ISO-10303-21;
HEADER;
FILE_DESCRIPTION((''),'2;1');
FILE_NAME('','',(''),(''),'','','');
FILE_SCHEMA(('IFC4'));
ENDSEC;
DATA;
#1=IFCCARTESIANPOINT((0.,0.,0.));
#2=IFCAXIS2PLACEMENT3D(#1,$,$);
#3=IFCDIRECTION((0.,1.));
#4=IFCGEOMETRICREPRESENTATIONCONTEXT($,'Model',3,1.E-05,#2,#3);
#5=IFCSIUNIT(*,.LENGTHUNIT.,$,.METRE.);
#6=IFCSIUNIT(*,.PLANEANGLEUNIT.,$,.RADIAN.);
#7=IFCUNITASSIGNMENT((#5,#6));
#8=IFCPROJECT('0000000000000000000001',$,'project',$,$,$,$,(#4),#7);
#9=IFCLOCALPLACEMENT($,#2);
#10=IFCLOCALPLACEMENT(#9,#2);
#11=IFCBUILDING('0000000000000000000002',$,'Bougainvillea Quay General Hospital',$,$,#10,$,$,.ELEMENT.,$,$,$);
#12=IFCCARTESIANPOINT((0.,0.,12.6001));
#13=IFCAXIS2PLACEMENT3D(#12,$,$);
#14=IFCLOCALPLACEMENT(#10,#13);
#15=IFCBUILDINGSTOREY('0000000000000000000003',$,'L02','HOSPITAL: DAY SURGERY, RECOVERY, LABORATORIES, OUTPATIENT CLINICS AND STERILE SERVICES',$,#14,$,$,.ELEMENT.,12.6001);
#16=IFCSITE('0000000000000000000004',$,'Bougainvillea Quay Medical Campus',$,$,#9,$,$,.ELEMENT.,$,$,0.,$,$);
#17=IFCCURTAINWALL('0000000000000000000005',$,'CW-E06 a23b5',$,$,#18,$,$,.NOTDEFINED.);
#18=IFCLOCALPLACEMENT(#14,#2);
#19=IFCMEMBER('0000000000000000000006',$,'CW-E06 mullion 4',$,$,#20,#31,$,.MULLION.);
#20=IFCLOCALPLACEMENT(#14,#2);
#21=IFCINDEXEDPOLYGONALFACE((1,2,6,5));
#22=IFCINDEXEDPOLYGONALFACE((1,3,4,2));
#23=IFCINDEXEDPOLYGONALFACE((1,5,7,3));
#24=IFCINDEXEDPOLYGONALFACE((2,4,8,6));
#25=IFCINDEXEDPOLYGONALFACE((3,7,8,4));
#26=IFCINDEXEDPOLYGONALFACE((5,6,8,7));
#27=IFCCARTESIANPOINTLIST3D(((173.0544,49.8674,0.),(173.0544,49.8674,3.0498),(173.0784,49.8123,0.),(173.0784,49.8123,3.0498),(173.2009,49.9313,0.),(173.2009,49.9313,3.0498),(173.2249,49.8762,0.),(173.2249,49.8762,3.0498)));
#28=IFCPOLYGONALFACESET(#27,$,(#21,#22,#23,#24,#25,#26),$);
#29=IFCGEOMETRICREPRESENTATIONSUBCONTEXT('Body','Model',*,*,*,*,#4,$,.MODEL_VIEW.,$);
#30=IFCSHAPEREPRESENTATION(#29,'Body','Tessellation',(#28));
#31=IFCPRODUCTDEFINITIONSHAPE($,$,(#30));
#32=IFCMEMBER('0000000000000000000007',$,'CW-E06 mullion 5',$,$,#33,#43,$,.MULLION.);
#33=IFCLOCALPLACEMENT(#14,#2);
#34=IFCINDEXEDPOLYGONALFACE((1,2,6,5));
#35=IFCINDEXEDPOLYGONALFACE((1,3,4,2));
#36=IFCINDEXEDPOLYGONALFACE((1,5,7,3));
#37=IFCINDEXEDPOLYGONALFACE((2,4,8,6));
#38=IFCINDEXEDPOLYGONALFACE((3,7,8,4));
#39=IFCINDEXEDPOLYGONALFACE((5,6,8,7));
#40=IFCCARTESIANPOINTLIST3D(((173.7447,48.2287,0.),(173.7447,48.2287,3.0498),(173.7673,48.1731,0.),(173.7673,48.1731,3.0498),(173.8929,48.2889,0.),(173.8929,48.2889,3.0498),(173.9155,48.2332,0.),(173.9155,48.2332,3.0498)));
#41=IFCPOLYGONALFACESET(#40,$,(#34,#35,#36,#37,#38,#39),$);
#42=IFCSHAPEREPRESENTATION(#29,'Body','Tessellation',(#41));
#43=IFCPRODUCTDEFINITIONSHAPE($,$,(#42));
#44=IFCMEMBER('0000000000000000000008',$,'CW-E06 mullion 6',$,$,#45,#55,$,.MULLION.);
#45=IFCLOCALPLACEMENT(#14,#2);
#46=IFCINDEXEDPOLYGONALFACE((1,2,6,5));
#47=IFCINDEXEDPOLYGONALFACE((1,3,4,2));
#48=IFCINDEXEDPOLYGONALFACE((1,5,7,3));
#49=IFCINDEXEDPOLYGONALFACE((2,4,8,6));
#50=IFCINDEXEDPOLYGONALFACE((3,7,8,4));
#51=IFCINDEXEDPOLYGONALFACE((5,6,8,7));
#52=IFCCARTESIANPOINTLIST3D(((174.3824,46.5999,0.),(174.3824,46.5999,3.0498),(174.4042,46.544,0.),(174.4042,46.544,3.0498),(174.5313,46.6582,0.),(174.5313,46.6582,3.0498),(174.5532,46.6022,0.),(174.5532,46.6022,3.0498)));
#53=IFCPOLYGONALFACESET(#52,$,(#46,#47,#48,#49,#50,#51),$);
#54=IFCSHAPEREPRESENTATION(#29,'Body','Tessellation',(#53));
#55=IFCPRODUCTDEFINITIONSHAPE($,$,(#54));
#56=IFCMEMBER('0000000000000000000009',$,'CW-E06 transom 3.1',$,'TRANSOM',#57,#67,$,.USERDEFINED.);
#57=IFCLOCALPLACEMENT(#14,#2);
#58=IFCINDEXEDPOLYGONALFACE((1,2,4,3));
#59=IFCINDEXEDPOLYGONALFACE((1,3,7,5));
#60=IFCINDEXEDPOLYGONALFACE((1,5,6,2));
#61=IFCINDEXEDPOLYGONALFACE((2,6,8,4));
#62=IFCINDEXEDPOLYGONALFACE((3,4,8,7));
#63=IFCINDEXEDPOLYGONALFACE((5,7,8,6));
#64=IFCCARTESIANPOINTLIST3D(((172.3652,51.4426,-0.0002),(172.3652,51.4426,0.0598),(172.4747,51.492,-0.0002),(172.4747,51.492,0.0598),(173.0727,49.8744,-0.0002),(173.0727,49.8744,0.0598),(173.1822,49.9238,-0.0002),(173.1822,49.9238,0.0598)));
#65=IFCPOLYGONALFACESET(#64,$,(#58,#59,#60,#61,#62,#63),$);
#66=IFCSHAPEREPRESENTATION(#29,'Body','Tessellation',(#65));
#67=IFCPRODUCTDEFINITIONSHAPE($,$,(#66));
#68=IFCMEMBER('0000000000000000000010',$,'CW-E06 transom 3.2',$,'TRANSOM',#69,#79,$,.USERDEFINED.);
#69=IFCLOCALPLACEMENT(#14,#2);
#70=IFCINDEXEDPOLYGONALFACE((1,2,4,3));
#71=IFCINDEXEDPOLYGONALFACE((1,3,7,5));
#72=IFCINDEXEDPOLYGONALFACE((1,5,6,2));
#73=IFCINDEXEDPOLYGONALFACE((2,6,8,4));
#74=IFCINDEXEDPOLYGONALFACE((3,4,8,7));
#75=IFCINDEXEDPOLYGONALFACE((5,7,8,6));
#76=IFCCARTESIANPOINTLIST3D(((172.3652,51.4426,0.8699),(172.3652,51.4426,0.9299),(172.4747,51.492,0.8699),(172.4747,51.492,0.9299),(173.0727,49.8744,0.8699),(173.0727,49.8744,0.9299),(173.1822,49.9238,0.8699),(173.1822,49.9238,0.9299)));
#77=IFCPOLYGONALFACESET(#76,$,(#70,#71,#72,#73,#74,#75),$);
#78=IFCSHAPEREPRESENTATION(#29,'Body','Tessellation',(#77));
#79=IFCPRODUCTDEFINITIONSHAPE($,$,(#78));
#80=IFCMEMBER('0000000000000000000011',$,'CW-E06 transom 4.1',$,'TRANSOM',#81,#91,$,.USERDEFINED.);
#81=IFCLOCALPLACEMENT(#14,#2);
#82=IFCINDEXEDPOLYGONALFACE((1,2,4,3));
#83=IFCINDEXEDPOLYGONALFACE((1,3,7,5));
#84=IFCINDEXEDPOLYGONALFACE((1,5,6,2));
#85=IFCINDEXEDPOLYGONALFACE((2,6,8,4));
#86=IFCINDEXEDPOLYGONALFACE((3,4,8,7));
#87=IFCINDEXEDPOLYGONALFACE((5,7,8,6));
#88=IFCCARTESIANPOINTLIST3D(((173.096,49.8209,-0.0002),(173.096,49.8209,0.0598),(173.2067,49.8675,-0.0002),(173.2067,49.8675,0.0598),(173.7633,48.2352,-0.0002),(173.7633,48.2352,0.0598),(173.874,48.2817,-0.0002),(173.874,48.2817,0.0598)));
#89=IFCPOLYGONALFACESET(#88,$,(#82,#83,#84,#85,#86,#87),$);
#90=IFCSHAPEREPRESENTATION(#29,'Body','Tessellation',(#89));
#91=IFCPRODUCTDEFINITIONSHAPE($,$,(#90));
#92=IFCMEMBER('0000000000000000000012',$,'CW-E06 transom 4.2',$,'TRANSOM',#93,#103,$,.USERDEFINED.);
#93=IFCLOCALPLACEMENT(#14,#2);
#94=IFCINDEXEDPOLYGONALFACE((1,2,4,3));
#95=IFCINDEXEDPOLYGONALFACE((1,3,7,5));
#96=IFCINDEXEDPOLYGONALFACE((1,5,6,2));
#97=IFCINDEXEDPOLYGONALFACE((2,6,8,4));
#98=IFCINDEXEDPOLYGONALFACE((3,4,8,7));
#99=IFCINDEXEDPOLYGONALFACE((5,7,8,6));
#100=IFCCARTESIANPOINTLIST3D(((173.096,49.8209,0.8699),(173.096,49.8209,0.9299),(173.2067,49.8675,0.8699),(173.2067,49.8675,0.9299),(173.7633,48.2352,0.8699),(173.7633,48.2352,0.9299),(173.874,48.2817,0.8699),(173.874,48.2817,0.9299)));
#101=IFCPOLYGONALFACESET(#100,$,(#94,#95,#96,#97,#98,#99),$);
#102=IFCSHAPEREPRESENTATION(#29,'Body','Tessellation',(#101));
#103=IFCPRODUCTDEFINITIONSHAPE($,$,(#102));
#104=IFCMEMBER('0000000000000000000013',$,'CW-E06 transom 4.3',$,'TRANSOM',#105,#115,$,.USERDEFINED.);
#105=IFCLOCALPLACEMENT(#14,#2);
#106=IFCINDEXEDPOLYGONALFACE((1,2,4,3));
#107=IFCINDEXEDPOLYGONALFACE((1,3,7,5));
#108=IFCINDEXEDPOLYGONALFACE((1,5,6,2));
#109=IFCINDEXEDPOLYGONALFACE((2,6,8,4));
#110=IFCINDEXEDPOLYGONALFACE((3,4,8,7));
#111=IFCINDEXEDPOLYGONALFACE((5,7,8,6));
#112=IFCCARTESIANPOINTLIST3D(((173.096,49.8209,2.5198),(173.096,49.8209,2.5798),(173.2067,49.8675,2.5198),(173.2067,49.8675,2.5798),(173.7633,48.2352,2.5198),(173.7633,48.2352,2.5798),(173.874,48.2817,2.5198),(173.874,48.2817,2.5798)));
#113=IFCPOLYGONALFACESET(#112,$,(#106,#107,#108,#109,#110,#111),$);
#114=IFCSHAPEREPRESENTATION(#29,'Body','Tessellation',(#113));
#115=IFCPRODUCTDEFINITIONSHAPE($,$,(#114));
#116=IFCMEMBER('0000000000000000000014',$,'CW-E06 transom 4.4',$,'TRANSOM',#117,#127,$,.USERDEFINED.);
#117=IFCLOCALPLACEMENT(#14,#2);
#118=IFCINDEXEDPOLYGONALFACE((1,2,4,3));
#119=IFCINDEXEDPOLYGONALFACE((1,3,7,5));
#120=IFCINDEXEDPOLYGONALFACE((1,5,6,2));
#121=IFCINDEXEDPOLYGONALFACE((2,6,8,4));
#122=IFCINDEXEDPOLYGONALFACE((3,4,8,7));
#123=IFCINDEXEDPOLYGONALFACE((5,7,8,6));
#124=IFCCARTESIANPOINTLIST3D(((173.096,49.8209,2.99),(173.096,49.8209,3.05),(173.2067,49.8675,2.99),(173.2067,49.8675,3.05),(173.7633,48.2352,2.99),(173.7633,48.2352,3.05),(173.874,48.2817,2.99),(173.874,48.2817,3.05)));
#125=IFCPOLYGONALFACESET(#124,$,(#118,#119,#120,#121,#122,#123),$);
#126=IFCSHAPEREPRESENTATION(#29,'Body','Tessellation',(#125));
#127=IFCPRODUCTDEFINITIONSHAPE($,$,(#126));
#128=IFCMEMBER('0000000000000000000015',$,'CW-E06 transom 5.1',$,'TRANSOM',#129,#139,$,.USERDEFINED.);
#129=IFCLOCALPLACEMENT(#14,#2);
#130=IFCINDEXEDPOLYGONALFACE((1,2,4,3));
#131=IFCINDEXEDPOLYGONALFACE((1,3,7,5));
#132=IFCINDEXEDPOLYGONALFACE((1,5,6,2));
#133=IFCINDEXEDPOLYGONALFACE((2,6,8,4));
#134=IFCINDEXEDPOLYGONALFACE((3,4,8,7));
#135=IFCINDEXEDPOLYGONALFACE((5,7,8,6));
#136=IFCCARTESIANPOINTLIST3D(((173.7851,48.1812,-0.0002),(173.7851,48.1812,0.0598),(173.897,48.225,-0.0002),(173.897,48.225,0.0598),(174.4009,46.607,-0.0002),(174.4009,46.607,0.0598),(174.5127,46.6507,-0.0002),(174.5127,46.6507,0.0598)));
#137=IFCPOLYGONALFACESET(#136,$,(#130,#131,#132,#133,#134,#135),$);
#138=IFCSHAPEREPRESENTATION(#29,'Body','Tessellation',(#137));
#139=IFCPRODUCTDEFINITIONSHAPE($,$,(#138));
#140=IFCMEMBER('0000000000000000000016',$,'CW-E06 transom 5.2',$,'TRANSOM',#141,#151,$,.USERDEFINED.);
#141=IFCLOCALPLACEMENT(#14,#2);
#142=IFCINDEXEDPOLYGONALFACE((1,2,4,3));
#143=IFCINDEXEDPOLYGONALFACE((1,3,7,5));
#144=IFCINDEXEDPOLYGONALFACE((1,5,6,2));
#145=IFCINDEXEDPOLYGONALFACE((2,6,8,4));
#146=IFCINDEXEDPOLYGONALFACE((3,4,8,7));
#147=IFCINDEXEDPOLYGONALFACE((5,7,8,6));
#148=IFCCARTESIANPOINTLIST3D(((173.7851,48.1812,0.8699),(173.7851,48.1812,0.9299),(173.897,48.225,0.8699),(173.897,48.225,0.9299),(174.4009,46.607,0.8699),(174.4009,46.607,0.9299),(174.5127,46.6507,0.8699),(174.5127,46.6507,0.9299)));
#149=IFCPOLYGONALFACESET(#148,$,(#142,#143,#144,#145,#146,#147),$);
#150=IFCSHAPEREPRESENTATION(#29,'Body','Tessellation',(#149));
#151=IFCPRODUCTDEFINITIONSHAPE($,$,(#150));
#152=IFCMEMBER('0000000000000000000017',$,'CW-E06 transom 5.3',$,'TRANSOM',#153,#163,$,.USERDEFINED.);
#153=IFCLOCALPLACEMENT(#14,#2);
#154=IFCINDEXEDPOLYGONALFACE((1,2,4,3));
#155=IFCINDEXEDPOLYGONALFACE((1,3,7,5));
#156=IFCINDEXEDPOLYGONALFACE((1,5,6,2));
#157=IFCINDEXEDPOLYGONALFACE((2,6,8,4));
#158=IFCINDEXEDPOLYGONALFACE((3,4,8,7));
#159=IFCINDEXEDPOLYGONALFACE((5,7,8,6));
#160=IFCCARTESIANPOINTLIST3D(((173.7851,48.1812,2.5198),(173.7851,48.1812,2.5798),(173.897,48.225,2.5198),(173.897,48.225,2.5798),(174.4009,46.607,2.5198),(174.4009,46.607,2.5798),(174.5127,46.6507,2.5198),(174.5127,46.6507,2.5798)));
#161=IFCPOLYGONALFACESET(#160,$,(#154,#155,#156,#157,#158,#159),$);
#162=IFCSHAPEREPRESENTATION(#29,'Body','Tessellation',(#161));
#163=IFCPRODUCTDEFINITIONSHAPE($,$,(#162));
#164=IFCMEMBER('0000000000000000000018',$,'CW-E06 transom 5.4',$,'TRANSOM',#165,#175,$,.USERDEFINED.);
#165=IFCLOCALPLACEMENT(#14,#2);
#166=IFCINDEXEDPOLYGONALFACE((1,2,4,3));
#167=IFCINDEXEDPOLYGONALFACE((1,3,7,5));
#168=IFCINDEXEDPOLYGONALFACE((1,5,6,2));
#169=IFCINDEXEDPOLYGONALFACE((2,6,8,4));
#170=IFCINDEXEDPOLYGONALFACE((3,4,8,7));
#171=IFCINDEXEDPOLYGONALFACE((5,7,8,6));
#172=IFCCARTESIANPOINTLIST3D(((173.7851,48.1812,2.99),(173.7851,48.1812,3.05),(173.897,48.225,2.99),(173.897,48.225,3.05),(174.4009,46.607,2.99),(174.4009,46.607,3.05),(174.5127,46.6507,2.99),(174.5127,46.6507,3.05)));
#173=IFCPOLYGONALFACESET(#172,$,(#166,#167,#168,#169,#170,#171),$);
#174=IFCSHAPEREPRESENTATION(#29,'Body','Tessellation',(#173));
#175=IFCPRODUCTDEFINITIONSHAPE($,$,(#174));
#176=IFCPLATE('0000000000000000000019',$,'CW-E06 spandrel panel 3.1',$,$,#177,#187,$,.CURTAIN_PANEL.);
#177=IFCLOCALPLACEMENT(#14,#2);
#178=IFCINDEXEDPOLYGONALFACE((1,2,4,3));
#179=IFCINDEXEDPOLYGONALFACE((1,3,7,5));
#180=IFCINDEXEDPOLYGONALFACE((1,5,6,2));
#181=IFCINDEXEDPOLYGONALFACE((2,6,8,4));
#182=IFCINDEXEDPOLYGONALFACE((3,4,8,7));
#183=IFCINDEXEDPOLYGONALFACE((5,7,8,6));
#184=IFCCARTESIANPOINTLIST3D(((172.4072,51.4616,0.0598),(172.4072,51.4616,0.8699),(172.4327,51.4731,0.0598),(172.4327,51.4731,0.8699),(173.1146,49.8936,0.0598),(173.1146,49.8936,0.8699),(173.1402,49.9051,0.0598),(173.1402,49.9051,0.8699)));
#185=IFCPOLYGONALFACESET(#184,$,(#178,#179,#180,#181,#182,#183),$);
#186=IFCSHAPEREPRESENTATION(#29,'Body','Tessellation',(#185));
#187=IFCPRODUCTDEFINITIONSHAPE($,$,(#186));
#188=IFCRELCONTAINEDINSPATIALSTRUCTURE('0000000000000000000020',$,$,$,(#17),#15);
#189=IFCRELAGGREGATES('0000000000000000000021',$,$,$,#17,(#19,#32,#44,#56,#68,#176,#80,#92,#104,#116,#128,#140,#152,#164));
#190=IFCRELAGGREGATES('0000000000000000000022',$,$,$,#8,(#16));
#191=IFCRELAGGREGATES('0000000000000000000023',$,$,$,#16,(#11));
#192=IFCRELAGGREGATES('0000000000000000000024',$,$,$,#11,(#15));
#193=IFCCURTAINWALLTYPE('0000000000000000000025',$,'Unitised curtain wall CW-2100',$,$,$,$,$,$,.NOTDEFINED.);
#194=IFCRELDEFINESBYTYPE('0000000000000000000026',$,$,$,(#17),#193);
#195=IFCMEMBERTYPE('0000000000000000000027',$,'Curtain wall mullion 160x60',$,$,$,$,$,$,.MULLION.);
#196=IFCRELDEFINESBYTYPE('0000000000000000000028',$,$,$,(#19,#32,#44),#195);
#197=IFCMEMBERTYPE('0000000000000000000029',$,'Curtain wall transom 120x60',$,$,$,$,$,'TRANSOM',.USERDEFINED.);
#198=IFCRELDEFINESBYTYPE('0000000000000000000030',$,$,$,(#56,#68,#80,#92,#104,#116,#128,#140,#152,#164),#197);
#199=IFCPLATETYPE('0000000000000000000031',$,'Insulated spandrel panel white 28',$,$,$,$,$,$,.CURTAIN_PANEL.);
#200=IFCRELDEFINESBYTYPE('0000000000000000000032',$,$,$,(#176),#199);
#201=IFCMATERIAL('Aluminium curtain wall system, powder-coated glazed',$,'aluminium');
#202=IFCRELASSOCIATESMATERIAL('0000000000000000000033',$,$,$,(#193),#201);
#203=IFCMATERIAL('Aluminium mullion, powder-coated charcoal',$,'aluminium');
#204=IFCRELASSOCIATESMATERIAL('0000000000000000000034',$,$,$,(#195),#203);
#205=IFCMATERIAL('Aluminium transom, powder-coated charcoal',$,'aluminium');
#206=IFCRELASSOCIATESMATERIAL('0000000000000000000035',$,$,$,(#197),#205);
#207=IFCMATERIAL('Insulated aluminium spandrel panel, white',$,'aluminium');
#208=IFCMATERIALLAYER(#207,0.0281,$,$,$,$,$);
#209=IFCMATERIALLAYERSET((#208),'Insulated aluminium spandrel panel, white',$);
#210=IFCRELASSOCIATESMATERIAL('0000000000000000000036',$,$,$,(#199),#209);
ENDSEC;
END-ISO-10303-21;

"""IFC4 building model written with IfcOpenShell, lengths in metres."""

from ifc_helpers import new_model, si_unit, direction, frame, origin, origin_2d, place, context, subcontext, project, spatial, rectangle, extrude, material, layer, layer_set, material_profile, profile_set, type_object, element, aggregate, save


model = new_model("IFC4")

# Units and contexts
model_context = context("Model", 3, precision=1e-05, world=origin(), true_north=direction((0.0, 1.0)))
body_context = subcontext(model_context, "Body", "Model", "MODEL_VIEW")
ifc_project = project(units=[si_unit("LENGTHUNIT", "METRE"), si_unit("PLANEANGLEUNIT", "RADIAN")], contexts=[model_context])

# Site, building, storey
site_placement = place(None, origin())
site = spatial("IfcSite", under=ifc_project, at=site_placement, Name="Bougainvillea Quay Medical Campus", CompositionType="ELEMENT", RefElevation=0.0)
building_placement = place(site_placement, origin())
building = spatial("IfcBuilding", under=site, at=building_placement, Name="Bougainvillea Quay General Hospital", CompositionType="ELEMENT")
storey_placement = place(building_placement, frame((0.0, 0.0, 12.6001)))
storey = spatial("IfcBuildingStorey", under=building, at=storey_placement, Name="L02", Description="HOSPITAL: DAY SURGERY, RECOVERY, LABORATORIES, OUTPATIENT CLINICS AND STERILE SERVICES", CompositionType="ELEMENT", Elevation=12.6001)

# Curtain wall, members, plate
ifc_material_1 = material(Name="Aluminium curtain wall system, powder-coated glazed", Category="aluminium")
curtain_wall_type = type_object("IfcCurtainWallType", Name="Unitised curtain wall CW-2100", PredefinedType="NOTDEFINED", material=ifc_material_1)
curtain_wall_placement = place(storey_placement, origin())
curtain_wall = element("IfcCurtainWall", 1, at=curtain_wall_placement, inside=storey, type_object=curtain_wall_type, Name="CW-E06 a23b5", PredefinedType="NOTDEFINED")
ifc_material_2 = material(Name="Aluminium mullion, powder-coated charcoal", Category="aluminium")
ifc_material_profile_1 = material_profile(ifc_material_2, rectangle(XDim=0.1599, YDim=0.0601, at=origin_2d()))
ifc_profile_set_1 = profile_set([ifc_material_profile_1], Name="Aluminium mullion, powder-coated charcoal")
member_type_1 = type_object("IfcMemberType", Name="Curtain wall mullion 160x60", PredefinedType="MULLION", material=ifc_profile_set_1)
member_1_placement = place(storey_placement, frame((173.1396, 49.8718, 0.0), z_axis=(0.0, 0.0, 1.0), x_axis=(0.916692, 0.399594, 0.0)))
member_1 = element("IfcMember", 2, at=member_1_placement, type_object=member_type_1, Name="CW-E06 mullion 4", PredefinedType="MULLION", context=body_context, shape_type="SweptSolid", body=[
    extrude(rectangle(XDim=0.1599, YDim=0.0601, at=origin_2d()), origin(), (0.0, 0.0, 1.0), 3.0498),
])
member_2_placement = place(storey_placement, frame((173.8301, 48.231, 0.0), z_axis=(0.0, 0.0, 1.0), x_axis=(0.926592, 0.376069, 0.0)))
member_2 = element("IfcMember", 3, at=member_2_placement, type_object=member_type_1, Name="CW-E06 mullion 5", PredefinedType="MULLION", context=body_context, shape_type="SweptSolid", body=[
    extrude(rectangle(XDim=0.1599, YDim=0.0601, at=origin_2d()), origin(), (0.0, 0.0, 1.0), 3.0498),
])
member_3_placement = place(storey_placement, frame((174.4678, 46.6011, 0.0), z_axis=(0.0, 0.0, 1.0), x_axis=(0.931315, 0.364214, 0.0)))
member_3 = element("IfcMember", 4, at=member_3_placement, type_object=member_type_1, Name="CW-E06 mullion 6", PredefinedType="MULLION", context=body_context, shape_type="SweptSolid", body=[
    extrude(rectangle(XDim=0.1599, YDim=0.0601, at=origin_2d()), origin(), (0.0, 0.0, 1.0), 3.0498),
])
ifc_material_3 = material(Name="Aluminium transom, powder-coated charcoal", Category="aluminium")
ifc_material_profile_2 = material_profile(ifc_material_3, rectangle(XDim=0.1201, YDim=0.0601, at=origin_2d()))
ifc_profile_set_2 = profile_set([ifc_material_profile_2], Name="Aluminium transom, powder-coated charcoal")
member_type_2 = type_object("IfcMemberType", Name="Curtain wall transom 120x60", ElementType="TRANSOM", PredefinedType="USERDEFINED", material=ifc_profile_set_2)
member_4_placement = place(storey_placement, frame((172.4199, 51.4673, 0.0298), z_axis=(0.411267, -0.911515, 0.0), x_axis=(0.911515, 0.411267, 0.0)))
member_4 = element("IfcMember", 5, at=member_4_placement, type_object=member_type_2, Name="CW-E06 transom 3.1", ObjectType="TRANSOM", PredefinedType="USERDEFINED", context=body_context, shape_type="SweptSolid", body=[
    extrude(rectangle(XDim=0.1201, YDim=0.0601, at=origin_2d()), origin(), (0.0, 0.0, 1.0), 1.7205),
])
member_5_placement = place(storey_placement, frame((172.4199, 51.4673, 0.8999), z_axis=(0.411267, -0.911515, 0.0), x_axis=(0.911515, 0.411267, 0.0)))
member_5 = element("IfcMember", 6, at=member_5_placement, type_object=member_type_2, Name="CW-E06 transom 3.2", ObjectType="TRANSOM", PredefinedType="USERDEFINED", context=body_context, shape_type="SweptSolid", body=[
    extrude(rectangle(XDim=0.1201, YDim=0.0601, at=origin_2d()), origin(), (0.0, 0.0, 1.0), 1.7205),
])
member_6_placement = place(storey_placement, frame((173.1514, 49.8442, 0.0298), z_axis=(0.387848, -0.921724, 0.0), x_axis=(0.921724, 0.387848, 0.0)))
member_6 = element("IfcMember", 7, at=member_6_placement, type_object=member_type_2, Name="CW-E06 transom 4.1", ObjectType="TRANSOM", PredefinedType="USERDEFINED", context=body_context, shape_type="SweptSolid", body=[
    extrude(rectangle(XDim=0.1201, YDim=0.0601, at=origin_2d()), origin(), (0.0, 0.0, 1.0), 1.7205),
])
member_7_placement = place(storey_placement, frame((173.1514, 49.8442, 0.8999), z_axis=(0.387848, -0.921724, 0.0), x_axis=(0.921724, 0.387848, 0.0)))
member_7 = element("IfcMember", 8, at=member_7_placement, type_object=member_type_2, Name="CW-E06 transom 4.2", ObjectType="TRANSOM", PredefinedType="USERDEFINED", context=body_context, shape_type="SweptSolid", body=[
    extrude(rectangle(XDim=0.1201, YDim=0.0601, at=origin_2d()), origin(), (0.0, 0.0, 1.0), 1.7205),
])
member_8_placement = place(storey_placement, frame((173.1514, 49.8442, 2.5498), z_axis=(0.387848, -0.921724, 0.0), x_axis=(0.921724, 0.387848, 0.0)))
member_8 = element("IfcMember", 9, at=member_8_placement, type_object=member_type_2, Name="CW-E06 transom 4.3", ObjectType="TRANSOM", PredefinedType="USERDEFINED", context=body_context, shape_type="SweptSolid", body=[
    extrude(rectangle(XDim=0.1201, YDim=0.0601, at=origin_2d()), origin(), (0.0, 0.0, 1.0), 1.7205),
])
member_9_placement = place(storey_placement, frame((173.1514, 49.8442, 3.02), z_axis=(0.387848, -0.921724, 0.0), x_axis=(0.921724, 0.387848, 0.0)))
member_9 = element("IfcMember", 10, at=member_9_placement, type_object=member_type_2, Name="CW-E06 transom 4.4", ObjectType="TRANSOM", PredefinedType="USERDEFINED", context=body_context, shape_type="SweptSolid", body=[
    extrude(rectangle(XDim=0.1201, YDim=0.0601, at=origin_2d()), origin(), (0.0, 0.0, 1.0), 1.7205),
])
member_10_placement = place(storey_placement, frame((173.8411, 48.2031, 0.0298), z_axis=(0.364258, -0.931298, 0.0), x_axis=(0.931298, 0.364258, 0.0)))
member_10 = element("IfcMember", 11, at=member_10_placement, type_object=member_type_2, Name="CW-E06 transom 5.1", ObjectType="TRANSOM", PredefinedType="USERDEFINED", context=body_context, shape_type="SweptSolid", body=[
    extrude(rectangle(XDim=0.1201, YDim=0.0601, at=origin_2d()), origin(), (0.0, 0.0, 1.0), 1.6904),
])
member_11_placement = place(storey_placement, frame((173.8411, 48.2031, 0.8999), z_axis=(0.364258, -0.931298, 0.0), x_axis=(0.931298, 0.364258, 0.0)))
member_11 = element("IfcMember", 12, at=member_11_placement, type_object=member_type_2, Name="CW-E06 transom 5.2", ObjectType="TRANSOM", PredefinedType="USERDEFINED", context=body_context, shape_type="SweptSolid", body=[
    extrude(rectangle(XDim=0.1201, YDim=0.0601, at=origin_2d()), origin(), (0.0, 0.0, 1.0), 1.6904),
])
member_12_placement = place(storey_placement, frame((173.8411, 48.2031, 2.5498), z_axis=(0.364258, -0.931298, 0.0), x_axis=(0.931298, 0.364258, 0.0)))
member_12 = element("IfcMember", 13, at=member_12_placement, type_object=member_type_2, Name="CW-E06 transom 5.3", ObjectType="TRANSOM", PredefinedType="USERDEFINED", context=body_context, shape_type="SweptSolid", body=[
    extrude(rectangle(XDim=0.1201, YDim=0.0601, at=origin_2d()), origin(), (0.0, 0.0, 1.0), 1.6904),
])
member_13_placement = place(storey_placement, frame((173.8411, 48.2031, 3.02), z_axis=(0.364258, -0.931298, 0.0), x_axis=(0.931298, 0.364258, 0.0)))
member_13 = element("IfcMember", 14, at=member_13_placement, type_object=member_type_2, Name="CW-E06 transom 5.4", ObjectType="TRANSOM", PredefinedType="USERDEFINED", context=body_context, shape_type="SweptSolid", body=[
    extrude(rectangle(XDim=0.1201, YDim=0.0601, at=origin_2d()), origin(), (0.0, 0.0, 1.0), 1.6904),
])
ifc_material_4 = material(Name="Insulated aluminium spandrel panel, white", Category="aluminium")
ifc_layer_1 = layer(ifc_material_4, 0.0281)
ifc_layer_set_1 = layer_set([ifc_layer_1], Name="Insulated aluminium spandrel panel, white")
plate_type_1 = type_object("IfcPlateType", Name="Insulated spandrel panel white 28", PredefinedType="CURTAIN_PANEL", material=ifc_layer_set_1)
plate_1_placement = place(storey_placement, frame((172.7737, 50.6833, 0.0598), z_axis=(0.0, 0.0, 1.0), x_axis=(0.41126, -0.911518, 0.0)))
plate_1 = element("IfcPlate", 15, at=plate_1_placement, type_object=plate_type_1, Name="CW-E06 spandrel panel 3.1", PredefinedType="CURTAIN_PANEL", context=body_context, shape_type="SweptSolid", body=[
    extrude(rectangle(XDim=1.7202, YDim=0.0281, at=origin_2d()), origin(), (0.0, 0.0, 1.0), 0.8101),
])
aggregate(curtain_wall, [member_1, member_2, member_3, member_4, member_5, plate_1, member_6, member_7, member_8, member_9, member_10, member_11, member_12, member_13])

save(model, "model.ifc")
